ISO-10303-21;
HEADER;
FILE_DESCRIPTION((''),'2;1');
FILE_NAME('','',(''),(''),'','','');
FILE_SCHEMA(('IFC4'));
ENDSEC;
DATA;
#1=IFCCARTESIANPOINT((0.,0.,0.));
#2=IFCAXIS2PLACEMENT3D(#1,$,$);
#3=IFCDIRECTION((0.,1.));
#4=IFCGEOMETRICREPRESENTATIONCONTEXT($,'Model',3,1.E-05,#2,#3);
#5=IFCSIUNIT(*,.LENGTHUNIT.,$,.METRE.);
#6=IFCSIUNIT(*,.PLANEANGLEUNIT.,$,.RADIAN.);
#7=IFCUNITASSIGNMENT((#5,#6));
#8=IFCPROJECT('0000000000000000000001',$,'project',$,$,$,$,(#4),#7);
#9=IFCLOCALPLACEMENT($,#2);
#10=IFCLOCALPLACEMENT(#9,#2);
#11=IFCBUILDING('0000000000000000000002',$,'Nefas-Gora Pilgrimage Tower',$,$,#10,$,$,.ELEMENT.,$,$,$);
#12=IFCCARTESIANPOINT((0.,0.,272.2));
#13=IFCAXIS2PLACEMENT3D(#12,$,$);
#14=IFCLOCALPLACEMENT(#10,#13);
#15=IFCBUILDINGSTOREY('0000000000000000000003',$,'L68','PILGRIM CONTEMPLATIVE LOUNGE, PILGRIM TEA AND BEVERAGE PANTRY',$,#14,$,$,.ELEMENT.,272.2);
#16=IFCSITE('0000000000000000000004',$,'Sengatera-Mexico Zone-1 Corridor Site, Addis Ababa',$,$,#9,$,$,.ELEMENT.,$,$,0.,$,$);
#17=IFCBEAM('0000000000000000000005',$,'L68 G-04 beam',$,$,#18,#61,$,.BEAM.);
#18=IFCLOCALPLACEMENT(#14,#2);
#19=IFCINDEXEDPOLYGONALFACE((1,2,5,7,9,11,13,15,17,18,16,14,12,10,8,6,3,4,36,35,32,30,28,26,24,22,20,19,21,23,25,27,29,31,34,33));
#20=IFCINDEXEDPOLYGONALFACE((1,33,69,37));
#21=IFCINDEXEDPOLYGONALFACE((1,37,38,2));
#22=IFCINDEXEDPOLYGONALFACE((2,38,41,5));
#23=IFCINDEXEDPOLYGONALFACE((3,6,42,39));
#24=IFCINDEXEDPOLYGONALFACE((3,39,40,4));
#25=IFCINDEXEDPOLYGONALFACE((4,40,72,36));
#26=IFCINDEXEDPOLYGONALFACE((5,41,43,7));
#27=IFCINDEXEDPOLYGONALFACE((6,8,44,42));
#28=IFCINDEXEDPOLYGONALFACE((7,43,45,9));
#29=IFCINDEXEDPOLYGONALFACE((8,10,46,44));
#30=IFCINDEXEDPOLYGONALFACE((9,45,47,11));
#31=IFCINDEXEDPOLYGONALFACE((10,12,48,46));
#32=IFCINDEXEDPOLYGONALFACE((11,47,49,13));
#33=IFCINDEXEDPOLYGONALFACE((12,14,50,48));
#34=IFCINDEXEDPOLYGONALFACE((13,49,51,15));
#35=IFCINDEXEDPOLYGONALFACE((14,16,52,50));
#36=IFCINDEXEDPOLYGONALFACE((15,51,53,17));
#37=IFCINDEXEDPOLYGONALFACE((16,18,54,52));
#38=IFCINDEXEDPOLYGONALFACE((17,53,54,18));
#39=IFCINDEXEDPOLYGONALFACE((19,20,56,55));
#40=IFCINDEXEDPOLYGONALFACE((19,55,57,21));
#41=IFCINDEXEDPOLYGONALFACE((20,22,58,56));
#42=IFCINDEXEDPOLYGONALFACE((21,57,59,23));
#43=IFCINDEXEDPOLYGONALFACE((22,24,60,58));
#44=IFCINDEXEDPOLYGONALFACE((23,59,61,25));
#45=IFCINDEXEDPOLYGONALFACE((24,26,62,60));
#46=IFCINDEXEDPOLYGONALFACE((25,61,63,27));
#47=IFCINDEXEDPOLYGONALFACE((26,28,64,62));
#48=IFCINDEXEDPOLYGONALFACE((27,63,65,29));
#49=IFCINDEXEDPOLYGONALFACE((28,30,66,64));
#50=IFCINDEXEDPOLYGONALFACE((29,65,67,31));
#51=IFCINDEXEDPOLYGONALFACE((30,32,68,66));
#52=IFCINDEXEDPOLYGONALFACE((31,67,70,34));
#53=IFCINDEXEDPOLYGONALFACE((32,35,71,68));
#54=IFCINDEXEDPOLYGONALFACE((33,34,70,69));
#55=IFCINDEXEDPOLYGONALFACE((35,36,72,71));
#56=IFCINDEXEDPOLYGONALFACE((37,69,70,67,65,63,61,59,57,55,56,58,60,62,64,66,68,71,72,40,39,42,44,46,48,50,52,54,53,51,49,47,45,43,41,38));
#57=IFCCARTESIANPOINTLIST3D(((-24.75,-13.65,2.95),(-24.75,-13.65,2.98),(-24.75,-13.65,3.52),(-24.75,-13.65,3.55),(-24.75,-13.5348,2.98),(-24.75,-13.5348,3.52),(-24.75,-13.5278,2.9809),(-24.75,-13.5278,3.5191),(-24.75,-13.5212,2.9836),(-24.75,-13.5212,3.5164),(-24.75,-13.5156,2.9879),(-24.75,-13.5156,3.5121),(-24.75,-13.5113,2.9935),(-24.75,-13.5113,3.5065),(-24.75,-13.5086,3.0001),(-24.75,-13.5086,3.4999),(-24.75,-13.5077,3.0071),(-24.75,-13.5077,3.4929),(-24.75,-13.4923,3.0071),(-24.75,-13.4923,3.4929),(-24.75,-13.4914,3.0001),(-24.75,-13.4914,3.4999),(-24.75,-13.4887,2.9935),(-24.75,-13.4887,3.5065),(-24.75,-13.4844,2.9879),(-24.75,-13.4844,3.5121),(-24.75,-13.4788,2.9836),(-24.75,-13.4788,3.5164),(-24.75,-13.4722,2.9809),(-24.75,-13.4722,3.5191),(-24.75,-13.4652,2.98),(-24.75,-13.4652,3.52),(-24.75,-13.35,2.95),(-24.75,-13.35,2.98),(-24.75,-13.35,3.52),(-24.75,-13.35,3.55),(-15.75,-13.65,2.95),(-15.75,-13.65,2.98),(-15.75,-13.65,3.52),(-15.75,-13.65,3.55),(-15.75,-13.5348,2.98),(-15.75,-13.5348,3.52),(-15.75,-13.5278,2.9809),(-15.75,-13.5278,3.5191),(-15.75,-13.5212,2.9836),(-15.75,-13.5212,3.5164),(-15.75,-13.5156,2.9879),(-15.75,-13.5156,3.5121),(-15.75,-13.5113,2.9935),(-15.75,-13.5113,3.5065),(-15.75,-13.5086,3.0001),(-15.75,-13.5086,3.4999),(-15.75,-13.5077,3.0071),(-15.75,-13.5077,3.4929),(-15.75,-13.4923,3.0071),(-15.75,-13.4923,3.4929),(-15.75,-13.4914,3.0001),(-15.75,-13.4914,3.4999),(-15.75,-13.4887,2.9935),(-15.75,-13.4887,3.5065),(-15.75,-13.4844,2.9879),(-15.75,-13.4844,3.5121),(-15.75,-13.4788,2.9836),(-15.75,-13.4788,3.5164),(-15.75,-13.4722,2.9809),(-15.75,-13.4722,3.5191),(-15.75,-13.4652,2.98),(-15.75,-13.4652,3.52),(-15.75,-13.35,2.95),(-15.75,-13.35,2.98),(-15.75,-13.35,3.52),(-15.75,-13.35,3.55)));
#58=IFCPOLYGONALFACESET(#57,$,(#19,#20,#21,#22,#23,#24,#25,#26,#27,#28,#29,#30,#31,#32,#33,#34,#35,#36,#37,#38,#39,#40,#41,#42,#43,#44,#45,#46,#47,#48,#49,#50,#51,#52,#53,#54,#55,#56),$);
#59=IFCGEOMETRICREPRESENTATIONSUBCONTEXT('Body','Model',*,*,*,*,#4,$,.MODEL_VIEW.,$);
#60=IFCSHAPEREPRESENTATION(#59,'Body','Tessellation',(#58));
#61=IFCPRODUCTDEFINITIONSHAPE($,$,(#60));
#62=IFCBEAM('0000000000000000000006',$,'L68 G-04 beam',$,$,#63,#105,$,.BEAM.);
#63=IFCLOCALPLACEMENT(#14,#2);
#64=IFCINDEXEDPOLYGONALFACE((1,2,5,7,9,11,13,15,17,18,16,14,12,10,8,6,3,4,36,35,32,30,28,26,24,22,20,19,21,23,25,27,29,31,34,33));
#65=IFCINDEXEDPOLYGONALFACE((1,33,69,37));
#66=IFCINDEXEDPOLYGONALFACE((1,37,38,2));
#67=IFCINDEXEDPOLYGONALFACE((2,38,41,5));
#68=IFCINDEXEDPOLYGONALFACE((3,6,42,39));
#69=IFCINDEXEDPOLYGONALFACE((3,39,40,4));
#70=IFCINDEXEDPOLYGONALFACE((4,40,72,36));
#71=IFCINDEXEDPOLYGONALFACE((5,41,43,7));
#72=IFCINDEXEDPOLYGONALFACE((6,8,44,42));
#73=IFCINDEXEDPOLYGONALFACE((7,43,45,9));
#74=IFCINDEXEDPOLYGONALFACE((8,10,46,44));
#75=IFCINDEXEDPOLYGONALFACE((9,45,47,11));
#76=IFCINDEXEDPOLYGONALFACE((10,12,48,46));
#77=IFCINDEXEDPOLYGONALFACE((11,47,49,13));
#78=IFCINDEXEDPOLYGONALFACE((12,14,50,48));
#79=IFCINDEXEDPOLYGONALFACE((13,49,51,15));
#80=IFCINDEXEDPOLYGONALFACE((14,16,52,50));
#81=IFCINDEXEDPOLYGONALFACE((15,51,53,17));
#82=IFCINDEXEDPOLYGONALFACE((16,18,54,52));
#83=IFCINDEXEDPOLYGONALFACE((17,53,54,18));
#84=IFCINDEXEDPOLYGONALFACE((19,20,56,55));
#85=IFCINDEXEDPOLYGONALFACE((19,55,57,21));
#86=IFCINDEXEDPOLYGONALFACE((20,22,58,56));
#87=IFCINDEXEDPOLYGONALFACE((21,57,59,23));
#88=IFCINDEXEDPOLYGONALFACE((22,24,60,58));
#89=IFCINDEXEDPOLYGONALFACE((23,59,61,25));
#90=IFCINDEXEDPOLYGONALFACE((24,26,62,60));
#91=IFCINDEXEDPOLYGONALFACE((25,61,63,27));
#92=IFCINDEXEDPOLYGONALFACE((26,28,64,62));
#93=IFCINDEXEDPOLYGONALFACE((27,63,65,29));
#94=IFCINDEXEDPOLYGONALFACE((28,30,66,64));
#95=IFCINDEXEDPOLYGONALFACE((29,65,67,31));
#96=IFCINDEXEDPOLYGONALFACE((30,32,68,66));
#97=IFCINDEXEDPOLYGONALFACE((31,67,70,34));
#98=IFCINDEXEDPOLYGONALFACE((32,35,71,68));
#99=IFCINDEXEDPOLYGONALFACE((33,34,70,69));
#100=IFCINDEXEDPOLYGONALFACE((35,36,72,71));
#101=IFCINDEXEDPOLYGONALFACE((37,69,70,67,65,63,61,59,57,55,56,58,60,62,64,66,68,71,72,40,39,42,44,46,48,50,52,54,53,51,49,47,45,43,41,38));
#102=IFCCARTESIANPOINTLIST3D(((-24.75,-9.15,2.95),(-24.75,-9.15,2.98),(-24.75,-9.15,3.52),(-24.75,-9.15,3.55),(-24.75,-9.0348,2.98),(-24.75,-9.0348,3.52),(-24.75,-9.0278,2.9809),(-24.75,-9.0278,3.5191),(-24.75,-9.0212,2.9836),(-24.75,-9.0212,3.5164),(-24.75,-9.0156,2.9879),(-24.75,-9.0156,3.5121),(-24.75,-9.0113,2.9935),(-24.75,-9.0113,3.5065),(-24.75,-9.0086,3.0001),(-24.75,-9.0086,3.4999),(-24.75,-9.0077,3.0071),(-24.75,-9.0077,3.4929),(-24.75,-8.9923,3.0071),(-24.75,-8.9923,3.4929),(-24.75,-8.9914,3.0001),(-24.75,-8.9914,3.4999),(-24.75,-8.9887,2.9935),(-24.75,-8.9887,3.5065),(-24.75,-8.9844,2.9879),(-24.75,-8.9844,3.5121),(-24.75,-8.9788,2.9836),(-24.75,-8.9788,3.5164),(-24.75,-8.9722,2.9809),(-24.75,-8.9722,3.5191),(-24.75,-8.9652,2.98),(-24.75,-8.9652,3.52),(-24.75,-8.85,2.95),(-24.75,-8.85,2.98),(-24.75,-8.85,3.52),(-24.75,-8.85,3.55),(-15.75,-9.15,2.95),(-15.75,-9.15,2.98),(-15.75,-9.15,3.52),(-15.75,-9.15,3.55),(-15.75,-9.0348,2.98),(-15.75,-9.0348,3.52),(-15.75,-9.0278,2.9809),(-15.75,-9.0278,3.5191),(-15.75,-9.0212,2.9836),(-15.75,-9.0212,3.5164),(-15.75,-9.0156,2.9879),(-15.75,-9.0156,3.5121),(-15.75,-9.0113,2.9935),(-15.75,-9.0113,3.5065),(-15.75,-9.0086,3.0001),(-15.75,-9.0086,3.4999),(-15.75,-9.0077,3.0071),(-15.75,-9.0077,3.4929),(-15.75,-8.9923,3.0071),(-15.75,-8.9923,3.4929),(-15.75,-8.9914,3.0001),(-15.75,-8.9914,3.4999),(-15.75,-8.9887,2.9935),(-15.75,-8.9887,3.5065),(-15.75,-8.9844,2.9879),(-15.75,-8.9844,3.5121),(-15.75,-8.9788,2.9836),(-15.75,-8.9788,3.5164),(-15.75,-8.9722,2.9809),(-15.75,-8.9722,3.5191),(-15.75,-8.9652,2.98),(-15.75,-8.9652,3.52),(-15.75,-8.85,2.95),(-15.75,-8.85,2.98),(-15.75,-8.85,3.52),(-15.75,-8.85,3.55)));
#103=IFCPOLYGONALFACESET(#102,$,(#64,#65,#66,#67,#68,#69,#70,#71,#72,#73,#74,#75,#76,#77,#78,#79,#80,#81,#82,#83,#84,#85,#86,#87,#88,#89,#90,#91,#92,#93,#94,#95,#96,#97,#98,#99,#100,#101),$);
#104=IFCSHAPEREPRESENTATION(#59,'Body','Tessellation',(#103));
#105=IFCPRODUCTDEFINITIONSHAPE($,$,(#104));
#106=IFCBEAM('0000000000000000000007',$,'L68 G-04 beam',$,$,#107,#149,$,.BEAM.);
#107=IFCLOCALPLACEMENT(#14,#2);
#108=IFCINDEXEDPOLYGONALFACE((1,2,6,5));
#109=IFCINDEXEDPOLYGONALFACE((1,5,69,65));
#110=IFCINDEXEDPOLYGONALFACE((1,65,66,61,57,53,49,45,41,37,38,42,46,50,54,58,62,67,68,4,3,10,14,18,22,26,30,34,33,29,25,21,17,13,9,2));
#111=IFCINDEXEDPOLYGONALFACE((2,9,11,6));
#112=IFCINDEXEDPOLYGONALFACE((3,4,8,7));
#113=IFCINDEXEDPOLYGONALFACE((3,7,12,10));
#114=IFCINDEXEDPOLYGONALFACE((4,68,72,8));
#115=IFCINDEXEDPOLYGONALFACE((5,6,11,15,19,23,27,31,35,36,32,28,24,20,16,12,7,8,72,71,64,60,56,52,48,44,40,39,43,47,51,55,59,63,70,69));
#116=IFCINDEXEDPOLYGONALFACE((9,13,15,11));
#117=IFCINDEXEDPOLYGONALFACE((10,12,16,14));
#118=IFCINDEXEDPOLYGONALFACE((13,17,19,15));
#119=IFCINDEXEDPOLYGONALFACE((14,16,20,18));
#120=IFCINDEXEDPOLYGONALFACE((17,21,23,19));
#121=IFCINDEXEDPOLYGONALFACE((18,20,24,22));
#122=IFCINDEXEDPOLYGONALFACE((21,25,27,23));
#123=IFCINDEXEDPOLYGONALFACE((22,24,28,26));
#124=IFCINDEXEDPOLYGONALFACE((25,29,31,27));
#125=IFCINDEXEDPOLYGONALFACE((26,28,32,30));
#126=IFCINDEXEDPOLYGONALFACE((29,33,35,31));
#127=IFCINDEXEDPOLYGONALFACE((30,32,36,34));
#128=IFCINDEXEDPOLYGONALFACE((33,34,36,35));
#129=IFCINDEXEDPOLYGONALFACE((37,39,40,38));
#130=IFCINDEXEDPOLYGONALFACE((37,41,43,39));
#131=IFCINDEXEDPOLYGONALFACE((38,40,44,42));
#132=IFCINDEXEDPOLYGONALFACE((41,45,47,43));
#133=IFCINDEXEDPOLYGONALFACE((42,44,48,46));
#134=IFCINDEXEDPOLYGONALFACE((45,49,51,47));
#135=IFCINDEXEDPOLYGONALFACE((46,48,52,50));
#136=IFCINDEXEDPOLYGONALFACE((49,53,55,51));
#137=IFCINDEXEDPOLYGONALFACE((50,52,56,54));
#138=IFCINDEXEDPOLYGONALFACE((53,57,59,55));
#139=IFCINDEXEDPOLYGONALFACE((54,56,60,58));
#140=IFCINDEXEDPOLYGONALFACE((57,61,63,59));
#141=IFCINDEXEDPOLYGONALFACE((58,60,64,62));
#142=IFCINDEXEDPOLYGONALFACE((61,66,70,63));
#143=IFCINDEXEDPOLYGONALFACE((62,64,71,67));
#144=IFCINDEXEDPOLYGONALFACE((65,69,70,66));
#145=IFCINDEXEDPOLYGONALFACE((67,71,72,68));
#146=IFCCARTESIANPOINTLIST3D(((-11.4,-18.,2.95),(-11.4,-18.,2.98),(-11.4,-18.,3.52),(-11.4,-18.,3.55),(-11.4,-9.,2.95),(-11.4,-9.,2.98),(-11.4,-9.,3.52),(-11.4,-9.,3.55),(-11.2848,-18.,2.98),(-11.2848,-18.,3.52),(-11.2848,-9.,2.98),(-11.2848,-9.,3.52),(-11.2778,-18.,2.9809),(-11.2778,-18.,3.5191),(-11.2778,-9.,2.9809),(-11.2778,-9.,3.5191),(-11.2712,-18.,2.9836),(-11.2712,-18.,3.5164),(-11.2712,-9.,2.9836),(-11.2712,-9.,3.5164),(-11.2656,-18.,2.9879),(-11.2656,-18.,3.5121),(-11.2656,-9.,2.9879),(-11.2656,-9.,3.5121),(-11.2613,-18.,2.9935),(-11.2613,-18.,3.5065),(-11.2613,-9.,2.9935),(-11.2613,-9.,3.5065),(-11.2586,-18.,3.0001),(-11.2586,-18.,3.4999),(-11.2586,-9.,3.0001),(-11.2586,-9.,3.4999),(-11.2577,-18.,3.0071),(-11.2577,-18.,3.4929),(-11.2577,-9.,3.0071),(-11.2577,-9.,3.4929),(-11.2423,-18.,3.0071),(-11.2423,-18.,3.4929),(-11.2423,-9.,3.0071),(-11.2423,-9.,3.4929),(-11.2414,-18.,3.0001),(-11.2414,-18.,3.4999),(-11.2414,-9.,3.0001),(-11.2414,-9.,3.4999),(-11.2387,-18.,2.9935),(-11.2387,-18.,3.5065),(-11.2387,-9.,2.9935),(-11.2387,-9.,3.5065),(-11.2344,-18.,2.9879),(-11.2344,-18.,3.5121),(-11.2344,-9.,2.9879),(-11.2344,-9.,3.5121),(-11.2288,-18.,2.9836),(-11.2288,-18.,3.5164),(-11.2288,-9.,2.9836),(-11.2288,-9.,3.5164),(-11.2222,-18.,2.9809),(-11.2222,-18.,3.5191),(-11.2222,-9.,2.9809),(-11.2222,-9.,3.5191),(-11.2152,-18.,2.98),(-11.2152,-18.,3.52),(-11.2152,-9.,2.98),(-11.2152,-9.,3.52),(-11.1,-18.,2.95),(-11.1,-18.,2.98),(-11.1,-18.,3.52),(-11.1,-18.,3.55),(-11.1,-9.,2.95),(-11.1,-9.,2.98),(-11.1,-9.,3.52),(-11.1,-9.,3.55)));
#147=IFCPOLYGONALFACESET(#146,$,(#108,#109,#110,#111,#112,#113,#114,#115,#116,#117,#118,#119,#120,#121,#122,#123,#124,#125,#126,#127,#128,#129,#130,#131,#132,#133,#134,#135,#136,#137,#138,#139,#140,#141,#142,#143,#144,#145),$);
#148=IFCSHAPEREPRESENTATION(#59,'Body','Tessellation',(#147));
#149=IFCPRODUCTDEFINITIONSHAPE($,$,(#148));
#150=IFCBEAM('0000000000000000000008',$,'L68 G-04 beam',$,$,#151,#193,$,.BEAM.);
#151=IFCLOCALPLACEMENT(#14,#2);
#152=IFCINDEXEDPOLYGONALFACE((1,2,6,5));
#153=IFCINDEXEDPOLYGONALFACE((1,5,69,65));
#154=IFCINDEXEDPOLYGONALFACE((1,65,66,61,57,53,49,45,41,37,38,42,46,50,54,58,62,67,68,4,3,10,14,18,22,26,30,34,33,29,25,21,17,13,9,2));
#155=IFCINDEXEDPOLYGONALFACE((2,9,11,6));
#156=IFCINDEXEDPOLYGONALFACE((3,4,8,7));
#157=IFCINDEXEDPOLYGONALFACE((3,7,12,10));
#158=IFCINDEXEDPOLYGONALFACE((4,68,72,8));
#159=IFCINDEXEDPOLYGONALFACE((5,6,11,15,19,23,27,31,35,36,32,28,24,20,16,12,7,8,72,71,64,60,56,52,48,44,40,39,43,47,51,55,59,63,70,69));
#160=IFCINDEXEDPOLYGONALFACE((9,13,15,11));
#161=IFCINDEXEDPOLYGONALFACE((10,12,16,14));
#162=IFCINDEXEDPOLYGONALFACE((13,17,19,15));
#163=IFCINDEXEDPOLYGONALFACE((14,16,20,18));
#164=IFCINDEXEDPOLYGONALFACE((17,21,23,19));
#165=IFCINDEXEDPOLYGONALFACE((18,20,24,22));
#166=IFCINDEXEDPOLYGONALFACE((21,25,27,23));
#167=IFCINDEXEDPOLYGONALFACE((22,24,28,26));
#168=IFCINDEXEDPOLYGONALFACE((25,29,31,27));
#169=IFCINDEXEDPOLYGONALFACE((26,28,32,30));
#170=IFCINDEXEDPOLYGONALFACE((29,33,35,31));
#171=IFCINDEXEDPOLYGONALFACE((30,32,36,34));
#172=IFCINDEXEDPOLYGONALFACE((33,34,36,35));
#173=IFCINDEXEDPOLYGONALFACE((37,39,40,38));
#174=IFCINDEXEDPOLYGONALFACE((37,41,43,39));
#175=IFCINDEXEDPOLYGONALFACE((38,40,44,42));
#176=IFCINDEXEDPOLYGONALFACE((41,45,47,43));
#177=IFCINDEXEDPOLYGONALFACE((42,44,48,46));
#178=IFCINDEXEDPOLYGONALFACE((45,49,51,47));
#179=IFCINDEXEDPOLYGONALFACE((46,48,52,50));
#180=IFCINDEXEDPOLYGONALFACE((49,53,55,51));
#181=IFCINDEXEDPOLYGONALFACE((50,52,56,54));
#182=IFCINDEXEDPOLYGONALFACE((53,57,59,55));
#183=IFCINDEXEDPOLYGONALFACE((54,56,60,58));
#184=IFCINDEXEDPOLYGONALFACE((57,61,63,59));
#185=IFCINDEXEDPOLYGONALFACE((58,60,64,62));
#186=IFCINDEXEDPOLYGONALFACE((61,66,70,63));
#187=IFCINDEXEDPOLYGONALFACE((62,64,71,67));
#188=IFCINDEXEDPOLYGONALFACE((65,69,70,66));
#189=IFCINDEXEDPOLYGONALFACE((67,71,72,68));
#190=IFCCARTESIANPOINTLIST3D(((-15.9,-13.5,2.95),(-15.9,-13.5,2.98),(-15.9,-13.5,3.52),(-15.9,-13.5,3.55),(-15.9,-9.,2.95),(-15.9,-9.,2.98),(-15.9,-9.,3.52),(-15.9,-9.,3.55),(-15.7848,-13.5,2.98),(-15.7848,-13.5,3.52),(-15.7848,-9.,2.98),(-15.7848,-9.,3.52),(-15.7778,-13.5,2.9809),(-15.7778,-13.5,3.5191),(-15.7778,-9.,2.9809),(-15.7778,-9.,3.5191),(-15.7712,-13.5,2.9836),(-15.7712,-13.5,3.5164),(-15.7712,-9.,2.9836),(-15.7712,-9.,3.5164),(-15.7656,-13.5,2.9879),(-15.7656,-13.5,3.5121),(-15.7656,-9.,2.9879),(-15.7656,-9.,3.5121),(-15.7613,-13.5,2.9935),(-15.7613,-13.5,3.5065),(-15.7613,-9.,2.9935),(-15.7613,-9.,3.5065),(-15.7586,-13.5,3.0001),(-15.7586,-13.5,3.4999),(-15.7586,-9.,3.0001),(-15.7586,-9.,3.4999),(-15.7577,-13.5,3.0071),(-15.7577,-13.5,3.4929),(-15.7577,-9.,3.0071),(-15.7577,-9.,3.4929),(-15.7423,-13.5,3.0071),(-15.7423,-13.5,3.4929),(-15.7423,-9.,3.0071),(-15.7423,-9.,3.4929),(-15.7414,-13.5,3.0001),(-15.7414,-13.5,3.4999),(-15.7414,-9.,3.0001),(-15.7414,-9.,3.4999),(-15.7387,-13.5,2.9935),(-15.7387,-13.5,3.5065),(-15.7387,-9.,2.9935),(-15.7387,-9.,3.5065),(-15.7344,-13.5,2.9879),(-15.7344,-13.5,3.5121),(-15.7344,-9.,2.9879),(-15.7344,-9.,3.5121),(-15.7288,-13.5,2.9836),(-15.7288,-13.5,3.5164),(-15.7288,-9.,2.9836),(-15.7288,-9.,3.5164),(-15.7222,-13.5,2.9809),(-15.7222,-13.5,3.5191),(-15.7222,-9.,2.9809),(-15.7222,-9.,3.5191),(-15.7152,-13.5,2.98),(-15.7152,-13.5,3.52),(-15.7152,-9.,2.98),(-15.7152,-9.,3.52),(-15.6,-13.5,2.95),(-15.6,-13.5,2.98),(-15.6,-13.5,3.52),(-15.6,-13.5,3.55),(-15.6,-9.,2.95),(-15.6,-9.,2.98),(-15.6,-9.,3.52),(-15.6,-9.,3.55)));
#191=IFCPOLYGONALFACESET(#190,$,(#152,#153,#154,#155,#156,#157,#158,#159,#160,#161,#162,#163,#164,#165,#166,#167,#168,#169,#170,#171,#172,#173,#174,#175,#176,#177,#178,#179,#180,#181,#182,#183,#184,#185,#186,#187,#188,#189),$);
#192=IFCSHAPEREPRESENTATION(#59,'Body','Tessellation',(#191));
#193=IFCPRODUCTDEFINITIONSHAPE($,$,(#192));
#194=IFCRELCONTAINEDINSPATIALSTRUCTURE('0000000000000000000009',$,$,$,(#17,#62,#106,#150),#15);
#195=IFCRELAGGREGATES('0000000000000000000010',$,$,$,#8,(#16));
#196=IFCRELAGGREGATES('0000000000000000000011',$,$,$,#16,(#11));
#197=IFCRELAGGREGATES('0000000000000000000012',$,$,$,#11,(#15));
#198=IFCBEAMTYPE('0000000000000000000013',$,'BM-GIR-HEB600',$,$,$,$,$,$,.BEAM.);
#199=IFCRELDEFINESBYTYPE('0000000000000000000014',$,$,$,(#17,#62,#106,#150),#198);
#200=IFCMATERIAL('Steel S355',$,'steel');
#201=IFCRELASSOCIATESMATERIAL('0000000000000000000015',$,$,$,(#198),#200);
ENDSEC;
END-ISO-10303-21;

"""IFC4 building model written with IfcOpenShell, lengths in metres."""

from ifc_helpers import new_model, si_unit, direction, frame, origin, origin_2d, place, context, subcontext, project, spatial, i_section, extrude, source, transform, mapped, material, material_profile, profile_set, type_object, element, save


model = new_model("IFC4")

# Units and contexts
model_context = context("Model", 3, precision=1e-05, world=origin(), true_north=direction((0.0, 1.0)))
body_context = subcontext(model_context, "Body", "Model", "MODEL_VIEW")
ifc_project = project(units=[si_unit("LENGTHUNIT", "METRE"), si_unit("PLANEANGLEUNIT", "RADIAN")], contexts=[model_context])

# Site, building, storey
site_placement = place(None, origin())
site = spatial("IfcSite", under=ifc_project, at=site_placement, Name="Sengatera-Mexico Zone-1 Corridor Site, Addis Ababa", CompositionType="ELEMENT", RefElevation=0.0)
building_placement = place(site_placement, origin())
building = spatial("IfcBuilding", under=site, at=building_placement, Name="Nefas-Gora Pilgrimage Tower", CompositionType="ELEMENT")
storey_placement = place(building_placement, frame((0.0, 0.0, 272.2)))
storey = spatial("IfcBuildingStorey", under=building, at=storey_placement, Name="L68", Description="PILGRIM CONTEMPLATIVE LOUNGE, PILGRIM TEA AND BEVERAGE PANTRY", CompositionType="ELEMENT", Elevation=272.2)

# Shared definitions
ifc_material_1 = material(Name="Steel S355", Category="steel")

# Beams
ifc_material_profile_1 = material_profile(ifc_material_1, i_section(OverallWidth=0.3, OverallDepth=0.6001, WebThickness=0.0154, FlangeThickness=0.03, FilletRadius=0.0271, at=origin_2d()), Name="HEB 600")
ifc_profile_set_1 = profile_set([ifc_material_profile_1], Name="Steel S355")
beam_type_1 = type_object("IfcBeamType", Name="BM-GIR-HEB600", PredefinedType="BEAM", material=ifc_profile_set_1)
shared_shape_1 = source(origin(), body_context, "Body", "SweptSolid", [
    extrude(i_section(OverallWidth=0.3, OverallDepth=0.6001, WebThickness=0.0154, FlangeThickness=0.03, FilletRadius=0.0271, at=origin_2d()), origin(), (0.0, 0.0, 1.0), 9.0),
])
for number, where, z_axis, x_axis, name in (
    (1, (-24.75, -13.5, 3.25), (1.0, 0.0, 0.0), (0.0, 1.0, 0.0), "L68 G-04 beam"),
    (2, (-24.75, -9.0, 3.25), (1.0, 0.0, 0.0), (0.0, 1.0, 0.0), "L68 G-04 beam"),
    (3, (-11.25, -18.0, 3.25), (0.0, 1.0, 0.0), (-1.0, 0.0, 0.0), "L68 G-04 beam"),
):
    element("IfcBeam", number, at=place(storey_placement, frame(where, z_axis=z_axis, x_axis=x_axis)), inside=storey, type_object=beam_type_1, Name=name, PredefinedType="BEAM", context=body_context, shape_type="MappedRepresentation", body=[
        mapped(shared_shape_1, transform((0.0, 0.0, 0.0), x_axis=(1.0, 0.0, 0.0), y_axis=(0.0, 1.0, 0.0), z_axis=(0.0, 0.0, 1.0), scale=1.0)),
    ])
shared_shape_2 = source(origin(), body_context, "Body", "SweptSolid", [
    extrude(i_section(OverallWidth=0.3, OverallDepth=0.6001, WebThickness=0.0154, FlangeThickness=0.03, FilletRadius=0.0271, at=origin_2d()), origin(), (0.0, 0.0, 1.0), 4.5),
])
beam_placement = place(storey_placement, frame((-15.75, -13.5, 3.25), z_axis=(0.0, 1.0, 0.0), x_axis=(-1.0, 0.0, 0.0)))
element("IfcBeam", 4, at=beam_placement, inside=storey, type_object=beam_type_1, Name="L68 G-04 beam", PredefinedType="BEAM", context=body_context, shape_type="MappedRepresentation", body=[
    mapped(shared_shape_2, transform((0.0, 0.0, 0.0), x_axis=(1.0, 0.0, 0.0), y_axis=(0.0, 1.0, 0.0), z_axis=(0.0, 0.0, 1.0), scale=1.0)),
])

save(model, "model.ifc")
